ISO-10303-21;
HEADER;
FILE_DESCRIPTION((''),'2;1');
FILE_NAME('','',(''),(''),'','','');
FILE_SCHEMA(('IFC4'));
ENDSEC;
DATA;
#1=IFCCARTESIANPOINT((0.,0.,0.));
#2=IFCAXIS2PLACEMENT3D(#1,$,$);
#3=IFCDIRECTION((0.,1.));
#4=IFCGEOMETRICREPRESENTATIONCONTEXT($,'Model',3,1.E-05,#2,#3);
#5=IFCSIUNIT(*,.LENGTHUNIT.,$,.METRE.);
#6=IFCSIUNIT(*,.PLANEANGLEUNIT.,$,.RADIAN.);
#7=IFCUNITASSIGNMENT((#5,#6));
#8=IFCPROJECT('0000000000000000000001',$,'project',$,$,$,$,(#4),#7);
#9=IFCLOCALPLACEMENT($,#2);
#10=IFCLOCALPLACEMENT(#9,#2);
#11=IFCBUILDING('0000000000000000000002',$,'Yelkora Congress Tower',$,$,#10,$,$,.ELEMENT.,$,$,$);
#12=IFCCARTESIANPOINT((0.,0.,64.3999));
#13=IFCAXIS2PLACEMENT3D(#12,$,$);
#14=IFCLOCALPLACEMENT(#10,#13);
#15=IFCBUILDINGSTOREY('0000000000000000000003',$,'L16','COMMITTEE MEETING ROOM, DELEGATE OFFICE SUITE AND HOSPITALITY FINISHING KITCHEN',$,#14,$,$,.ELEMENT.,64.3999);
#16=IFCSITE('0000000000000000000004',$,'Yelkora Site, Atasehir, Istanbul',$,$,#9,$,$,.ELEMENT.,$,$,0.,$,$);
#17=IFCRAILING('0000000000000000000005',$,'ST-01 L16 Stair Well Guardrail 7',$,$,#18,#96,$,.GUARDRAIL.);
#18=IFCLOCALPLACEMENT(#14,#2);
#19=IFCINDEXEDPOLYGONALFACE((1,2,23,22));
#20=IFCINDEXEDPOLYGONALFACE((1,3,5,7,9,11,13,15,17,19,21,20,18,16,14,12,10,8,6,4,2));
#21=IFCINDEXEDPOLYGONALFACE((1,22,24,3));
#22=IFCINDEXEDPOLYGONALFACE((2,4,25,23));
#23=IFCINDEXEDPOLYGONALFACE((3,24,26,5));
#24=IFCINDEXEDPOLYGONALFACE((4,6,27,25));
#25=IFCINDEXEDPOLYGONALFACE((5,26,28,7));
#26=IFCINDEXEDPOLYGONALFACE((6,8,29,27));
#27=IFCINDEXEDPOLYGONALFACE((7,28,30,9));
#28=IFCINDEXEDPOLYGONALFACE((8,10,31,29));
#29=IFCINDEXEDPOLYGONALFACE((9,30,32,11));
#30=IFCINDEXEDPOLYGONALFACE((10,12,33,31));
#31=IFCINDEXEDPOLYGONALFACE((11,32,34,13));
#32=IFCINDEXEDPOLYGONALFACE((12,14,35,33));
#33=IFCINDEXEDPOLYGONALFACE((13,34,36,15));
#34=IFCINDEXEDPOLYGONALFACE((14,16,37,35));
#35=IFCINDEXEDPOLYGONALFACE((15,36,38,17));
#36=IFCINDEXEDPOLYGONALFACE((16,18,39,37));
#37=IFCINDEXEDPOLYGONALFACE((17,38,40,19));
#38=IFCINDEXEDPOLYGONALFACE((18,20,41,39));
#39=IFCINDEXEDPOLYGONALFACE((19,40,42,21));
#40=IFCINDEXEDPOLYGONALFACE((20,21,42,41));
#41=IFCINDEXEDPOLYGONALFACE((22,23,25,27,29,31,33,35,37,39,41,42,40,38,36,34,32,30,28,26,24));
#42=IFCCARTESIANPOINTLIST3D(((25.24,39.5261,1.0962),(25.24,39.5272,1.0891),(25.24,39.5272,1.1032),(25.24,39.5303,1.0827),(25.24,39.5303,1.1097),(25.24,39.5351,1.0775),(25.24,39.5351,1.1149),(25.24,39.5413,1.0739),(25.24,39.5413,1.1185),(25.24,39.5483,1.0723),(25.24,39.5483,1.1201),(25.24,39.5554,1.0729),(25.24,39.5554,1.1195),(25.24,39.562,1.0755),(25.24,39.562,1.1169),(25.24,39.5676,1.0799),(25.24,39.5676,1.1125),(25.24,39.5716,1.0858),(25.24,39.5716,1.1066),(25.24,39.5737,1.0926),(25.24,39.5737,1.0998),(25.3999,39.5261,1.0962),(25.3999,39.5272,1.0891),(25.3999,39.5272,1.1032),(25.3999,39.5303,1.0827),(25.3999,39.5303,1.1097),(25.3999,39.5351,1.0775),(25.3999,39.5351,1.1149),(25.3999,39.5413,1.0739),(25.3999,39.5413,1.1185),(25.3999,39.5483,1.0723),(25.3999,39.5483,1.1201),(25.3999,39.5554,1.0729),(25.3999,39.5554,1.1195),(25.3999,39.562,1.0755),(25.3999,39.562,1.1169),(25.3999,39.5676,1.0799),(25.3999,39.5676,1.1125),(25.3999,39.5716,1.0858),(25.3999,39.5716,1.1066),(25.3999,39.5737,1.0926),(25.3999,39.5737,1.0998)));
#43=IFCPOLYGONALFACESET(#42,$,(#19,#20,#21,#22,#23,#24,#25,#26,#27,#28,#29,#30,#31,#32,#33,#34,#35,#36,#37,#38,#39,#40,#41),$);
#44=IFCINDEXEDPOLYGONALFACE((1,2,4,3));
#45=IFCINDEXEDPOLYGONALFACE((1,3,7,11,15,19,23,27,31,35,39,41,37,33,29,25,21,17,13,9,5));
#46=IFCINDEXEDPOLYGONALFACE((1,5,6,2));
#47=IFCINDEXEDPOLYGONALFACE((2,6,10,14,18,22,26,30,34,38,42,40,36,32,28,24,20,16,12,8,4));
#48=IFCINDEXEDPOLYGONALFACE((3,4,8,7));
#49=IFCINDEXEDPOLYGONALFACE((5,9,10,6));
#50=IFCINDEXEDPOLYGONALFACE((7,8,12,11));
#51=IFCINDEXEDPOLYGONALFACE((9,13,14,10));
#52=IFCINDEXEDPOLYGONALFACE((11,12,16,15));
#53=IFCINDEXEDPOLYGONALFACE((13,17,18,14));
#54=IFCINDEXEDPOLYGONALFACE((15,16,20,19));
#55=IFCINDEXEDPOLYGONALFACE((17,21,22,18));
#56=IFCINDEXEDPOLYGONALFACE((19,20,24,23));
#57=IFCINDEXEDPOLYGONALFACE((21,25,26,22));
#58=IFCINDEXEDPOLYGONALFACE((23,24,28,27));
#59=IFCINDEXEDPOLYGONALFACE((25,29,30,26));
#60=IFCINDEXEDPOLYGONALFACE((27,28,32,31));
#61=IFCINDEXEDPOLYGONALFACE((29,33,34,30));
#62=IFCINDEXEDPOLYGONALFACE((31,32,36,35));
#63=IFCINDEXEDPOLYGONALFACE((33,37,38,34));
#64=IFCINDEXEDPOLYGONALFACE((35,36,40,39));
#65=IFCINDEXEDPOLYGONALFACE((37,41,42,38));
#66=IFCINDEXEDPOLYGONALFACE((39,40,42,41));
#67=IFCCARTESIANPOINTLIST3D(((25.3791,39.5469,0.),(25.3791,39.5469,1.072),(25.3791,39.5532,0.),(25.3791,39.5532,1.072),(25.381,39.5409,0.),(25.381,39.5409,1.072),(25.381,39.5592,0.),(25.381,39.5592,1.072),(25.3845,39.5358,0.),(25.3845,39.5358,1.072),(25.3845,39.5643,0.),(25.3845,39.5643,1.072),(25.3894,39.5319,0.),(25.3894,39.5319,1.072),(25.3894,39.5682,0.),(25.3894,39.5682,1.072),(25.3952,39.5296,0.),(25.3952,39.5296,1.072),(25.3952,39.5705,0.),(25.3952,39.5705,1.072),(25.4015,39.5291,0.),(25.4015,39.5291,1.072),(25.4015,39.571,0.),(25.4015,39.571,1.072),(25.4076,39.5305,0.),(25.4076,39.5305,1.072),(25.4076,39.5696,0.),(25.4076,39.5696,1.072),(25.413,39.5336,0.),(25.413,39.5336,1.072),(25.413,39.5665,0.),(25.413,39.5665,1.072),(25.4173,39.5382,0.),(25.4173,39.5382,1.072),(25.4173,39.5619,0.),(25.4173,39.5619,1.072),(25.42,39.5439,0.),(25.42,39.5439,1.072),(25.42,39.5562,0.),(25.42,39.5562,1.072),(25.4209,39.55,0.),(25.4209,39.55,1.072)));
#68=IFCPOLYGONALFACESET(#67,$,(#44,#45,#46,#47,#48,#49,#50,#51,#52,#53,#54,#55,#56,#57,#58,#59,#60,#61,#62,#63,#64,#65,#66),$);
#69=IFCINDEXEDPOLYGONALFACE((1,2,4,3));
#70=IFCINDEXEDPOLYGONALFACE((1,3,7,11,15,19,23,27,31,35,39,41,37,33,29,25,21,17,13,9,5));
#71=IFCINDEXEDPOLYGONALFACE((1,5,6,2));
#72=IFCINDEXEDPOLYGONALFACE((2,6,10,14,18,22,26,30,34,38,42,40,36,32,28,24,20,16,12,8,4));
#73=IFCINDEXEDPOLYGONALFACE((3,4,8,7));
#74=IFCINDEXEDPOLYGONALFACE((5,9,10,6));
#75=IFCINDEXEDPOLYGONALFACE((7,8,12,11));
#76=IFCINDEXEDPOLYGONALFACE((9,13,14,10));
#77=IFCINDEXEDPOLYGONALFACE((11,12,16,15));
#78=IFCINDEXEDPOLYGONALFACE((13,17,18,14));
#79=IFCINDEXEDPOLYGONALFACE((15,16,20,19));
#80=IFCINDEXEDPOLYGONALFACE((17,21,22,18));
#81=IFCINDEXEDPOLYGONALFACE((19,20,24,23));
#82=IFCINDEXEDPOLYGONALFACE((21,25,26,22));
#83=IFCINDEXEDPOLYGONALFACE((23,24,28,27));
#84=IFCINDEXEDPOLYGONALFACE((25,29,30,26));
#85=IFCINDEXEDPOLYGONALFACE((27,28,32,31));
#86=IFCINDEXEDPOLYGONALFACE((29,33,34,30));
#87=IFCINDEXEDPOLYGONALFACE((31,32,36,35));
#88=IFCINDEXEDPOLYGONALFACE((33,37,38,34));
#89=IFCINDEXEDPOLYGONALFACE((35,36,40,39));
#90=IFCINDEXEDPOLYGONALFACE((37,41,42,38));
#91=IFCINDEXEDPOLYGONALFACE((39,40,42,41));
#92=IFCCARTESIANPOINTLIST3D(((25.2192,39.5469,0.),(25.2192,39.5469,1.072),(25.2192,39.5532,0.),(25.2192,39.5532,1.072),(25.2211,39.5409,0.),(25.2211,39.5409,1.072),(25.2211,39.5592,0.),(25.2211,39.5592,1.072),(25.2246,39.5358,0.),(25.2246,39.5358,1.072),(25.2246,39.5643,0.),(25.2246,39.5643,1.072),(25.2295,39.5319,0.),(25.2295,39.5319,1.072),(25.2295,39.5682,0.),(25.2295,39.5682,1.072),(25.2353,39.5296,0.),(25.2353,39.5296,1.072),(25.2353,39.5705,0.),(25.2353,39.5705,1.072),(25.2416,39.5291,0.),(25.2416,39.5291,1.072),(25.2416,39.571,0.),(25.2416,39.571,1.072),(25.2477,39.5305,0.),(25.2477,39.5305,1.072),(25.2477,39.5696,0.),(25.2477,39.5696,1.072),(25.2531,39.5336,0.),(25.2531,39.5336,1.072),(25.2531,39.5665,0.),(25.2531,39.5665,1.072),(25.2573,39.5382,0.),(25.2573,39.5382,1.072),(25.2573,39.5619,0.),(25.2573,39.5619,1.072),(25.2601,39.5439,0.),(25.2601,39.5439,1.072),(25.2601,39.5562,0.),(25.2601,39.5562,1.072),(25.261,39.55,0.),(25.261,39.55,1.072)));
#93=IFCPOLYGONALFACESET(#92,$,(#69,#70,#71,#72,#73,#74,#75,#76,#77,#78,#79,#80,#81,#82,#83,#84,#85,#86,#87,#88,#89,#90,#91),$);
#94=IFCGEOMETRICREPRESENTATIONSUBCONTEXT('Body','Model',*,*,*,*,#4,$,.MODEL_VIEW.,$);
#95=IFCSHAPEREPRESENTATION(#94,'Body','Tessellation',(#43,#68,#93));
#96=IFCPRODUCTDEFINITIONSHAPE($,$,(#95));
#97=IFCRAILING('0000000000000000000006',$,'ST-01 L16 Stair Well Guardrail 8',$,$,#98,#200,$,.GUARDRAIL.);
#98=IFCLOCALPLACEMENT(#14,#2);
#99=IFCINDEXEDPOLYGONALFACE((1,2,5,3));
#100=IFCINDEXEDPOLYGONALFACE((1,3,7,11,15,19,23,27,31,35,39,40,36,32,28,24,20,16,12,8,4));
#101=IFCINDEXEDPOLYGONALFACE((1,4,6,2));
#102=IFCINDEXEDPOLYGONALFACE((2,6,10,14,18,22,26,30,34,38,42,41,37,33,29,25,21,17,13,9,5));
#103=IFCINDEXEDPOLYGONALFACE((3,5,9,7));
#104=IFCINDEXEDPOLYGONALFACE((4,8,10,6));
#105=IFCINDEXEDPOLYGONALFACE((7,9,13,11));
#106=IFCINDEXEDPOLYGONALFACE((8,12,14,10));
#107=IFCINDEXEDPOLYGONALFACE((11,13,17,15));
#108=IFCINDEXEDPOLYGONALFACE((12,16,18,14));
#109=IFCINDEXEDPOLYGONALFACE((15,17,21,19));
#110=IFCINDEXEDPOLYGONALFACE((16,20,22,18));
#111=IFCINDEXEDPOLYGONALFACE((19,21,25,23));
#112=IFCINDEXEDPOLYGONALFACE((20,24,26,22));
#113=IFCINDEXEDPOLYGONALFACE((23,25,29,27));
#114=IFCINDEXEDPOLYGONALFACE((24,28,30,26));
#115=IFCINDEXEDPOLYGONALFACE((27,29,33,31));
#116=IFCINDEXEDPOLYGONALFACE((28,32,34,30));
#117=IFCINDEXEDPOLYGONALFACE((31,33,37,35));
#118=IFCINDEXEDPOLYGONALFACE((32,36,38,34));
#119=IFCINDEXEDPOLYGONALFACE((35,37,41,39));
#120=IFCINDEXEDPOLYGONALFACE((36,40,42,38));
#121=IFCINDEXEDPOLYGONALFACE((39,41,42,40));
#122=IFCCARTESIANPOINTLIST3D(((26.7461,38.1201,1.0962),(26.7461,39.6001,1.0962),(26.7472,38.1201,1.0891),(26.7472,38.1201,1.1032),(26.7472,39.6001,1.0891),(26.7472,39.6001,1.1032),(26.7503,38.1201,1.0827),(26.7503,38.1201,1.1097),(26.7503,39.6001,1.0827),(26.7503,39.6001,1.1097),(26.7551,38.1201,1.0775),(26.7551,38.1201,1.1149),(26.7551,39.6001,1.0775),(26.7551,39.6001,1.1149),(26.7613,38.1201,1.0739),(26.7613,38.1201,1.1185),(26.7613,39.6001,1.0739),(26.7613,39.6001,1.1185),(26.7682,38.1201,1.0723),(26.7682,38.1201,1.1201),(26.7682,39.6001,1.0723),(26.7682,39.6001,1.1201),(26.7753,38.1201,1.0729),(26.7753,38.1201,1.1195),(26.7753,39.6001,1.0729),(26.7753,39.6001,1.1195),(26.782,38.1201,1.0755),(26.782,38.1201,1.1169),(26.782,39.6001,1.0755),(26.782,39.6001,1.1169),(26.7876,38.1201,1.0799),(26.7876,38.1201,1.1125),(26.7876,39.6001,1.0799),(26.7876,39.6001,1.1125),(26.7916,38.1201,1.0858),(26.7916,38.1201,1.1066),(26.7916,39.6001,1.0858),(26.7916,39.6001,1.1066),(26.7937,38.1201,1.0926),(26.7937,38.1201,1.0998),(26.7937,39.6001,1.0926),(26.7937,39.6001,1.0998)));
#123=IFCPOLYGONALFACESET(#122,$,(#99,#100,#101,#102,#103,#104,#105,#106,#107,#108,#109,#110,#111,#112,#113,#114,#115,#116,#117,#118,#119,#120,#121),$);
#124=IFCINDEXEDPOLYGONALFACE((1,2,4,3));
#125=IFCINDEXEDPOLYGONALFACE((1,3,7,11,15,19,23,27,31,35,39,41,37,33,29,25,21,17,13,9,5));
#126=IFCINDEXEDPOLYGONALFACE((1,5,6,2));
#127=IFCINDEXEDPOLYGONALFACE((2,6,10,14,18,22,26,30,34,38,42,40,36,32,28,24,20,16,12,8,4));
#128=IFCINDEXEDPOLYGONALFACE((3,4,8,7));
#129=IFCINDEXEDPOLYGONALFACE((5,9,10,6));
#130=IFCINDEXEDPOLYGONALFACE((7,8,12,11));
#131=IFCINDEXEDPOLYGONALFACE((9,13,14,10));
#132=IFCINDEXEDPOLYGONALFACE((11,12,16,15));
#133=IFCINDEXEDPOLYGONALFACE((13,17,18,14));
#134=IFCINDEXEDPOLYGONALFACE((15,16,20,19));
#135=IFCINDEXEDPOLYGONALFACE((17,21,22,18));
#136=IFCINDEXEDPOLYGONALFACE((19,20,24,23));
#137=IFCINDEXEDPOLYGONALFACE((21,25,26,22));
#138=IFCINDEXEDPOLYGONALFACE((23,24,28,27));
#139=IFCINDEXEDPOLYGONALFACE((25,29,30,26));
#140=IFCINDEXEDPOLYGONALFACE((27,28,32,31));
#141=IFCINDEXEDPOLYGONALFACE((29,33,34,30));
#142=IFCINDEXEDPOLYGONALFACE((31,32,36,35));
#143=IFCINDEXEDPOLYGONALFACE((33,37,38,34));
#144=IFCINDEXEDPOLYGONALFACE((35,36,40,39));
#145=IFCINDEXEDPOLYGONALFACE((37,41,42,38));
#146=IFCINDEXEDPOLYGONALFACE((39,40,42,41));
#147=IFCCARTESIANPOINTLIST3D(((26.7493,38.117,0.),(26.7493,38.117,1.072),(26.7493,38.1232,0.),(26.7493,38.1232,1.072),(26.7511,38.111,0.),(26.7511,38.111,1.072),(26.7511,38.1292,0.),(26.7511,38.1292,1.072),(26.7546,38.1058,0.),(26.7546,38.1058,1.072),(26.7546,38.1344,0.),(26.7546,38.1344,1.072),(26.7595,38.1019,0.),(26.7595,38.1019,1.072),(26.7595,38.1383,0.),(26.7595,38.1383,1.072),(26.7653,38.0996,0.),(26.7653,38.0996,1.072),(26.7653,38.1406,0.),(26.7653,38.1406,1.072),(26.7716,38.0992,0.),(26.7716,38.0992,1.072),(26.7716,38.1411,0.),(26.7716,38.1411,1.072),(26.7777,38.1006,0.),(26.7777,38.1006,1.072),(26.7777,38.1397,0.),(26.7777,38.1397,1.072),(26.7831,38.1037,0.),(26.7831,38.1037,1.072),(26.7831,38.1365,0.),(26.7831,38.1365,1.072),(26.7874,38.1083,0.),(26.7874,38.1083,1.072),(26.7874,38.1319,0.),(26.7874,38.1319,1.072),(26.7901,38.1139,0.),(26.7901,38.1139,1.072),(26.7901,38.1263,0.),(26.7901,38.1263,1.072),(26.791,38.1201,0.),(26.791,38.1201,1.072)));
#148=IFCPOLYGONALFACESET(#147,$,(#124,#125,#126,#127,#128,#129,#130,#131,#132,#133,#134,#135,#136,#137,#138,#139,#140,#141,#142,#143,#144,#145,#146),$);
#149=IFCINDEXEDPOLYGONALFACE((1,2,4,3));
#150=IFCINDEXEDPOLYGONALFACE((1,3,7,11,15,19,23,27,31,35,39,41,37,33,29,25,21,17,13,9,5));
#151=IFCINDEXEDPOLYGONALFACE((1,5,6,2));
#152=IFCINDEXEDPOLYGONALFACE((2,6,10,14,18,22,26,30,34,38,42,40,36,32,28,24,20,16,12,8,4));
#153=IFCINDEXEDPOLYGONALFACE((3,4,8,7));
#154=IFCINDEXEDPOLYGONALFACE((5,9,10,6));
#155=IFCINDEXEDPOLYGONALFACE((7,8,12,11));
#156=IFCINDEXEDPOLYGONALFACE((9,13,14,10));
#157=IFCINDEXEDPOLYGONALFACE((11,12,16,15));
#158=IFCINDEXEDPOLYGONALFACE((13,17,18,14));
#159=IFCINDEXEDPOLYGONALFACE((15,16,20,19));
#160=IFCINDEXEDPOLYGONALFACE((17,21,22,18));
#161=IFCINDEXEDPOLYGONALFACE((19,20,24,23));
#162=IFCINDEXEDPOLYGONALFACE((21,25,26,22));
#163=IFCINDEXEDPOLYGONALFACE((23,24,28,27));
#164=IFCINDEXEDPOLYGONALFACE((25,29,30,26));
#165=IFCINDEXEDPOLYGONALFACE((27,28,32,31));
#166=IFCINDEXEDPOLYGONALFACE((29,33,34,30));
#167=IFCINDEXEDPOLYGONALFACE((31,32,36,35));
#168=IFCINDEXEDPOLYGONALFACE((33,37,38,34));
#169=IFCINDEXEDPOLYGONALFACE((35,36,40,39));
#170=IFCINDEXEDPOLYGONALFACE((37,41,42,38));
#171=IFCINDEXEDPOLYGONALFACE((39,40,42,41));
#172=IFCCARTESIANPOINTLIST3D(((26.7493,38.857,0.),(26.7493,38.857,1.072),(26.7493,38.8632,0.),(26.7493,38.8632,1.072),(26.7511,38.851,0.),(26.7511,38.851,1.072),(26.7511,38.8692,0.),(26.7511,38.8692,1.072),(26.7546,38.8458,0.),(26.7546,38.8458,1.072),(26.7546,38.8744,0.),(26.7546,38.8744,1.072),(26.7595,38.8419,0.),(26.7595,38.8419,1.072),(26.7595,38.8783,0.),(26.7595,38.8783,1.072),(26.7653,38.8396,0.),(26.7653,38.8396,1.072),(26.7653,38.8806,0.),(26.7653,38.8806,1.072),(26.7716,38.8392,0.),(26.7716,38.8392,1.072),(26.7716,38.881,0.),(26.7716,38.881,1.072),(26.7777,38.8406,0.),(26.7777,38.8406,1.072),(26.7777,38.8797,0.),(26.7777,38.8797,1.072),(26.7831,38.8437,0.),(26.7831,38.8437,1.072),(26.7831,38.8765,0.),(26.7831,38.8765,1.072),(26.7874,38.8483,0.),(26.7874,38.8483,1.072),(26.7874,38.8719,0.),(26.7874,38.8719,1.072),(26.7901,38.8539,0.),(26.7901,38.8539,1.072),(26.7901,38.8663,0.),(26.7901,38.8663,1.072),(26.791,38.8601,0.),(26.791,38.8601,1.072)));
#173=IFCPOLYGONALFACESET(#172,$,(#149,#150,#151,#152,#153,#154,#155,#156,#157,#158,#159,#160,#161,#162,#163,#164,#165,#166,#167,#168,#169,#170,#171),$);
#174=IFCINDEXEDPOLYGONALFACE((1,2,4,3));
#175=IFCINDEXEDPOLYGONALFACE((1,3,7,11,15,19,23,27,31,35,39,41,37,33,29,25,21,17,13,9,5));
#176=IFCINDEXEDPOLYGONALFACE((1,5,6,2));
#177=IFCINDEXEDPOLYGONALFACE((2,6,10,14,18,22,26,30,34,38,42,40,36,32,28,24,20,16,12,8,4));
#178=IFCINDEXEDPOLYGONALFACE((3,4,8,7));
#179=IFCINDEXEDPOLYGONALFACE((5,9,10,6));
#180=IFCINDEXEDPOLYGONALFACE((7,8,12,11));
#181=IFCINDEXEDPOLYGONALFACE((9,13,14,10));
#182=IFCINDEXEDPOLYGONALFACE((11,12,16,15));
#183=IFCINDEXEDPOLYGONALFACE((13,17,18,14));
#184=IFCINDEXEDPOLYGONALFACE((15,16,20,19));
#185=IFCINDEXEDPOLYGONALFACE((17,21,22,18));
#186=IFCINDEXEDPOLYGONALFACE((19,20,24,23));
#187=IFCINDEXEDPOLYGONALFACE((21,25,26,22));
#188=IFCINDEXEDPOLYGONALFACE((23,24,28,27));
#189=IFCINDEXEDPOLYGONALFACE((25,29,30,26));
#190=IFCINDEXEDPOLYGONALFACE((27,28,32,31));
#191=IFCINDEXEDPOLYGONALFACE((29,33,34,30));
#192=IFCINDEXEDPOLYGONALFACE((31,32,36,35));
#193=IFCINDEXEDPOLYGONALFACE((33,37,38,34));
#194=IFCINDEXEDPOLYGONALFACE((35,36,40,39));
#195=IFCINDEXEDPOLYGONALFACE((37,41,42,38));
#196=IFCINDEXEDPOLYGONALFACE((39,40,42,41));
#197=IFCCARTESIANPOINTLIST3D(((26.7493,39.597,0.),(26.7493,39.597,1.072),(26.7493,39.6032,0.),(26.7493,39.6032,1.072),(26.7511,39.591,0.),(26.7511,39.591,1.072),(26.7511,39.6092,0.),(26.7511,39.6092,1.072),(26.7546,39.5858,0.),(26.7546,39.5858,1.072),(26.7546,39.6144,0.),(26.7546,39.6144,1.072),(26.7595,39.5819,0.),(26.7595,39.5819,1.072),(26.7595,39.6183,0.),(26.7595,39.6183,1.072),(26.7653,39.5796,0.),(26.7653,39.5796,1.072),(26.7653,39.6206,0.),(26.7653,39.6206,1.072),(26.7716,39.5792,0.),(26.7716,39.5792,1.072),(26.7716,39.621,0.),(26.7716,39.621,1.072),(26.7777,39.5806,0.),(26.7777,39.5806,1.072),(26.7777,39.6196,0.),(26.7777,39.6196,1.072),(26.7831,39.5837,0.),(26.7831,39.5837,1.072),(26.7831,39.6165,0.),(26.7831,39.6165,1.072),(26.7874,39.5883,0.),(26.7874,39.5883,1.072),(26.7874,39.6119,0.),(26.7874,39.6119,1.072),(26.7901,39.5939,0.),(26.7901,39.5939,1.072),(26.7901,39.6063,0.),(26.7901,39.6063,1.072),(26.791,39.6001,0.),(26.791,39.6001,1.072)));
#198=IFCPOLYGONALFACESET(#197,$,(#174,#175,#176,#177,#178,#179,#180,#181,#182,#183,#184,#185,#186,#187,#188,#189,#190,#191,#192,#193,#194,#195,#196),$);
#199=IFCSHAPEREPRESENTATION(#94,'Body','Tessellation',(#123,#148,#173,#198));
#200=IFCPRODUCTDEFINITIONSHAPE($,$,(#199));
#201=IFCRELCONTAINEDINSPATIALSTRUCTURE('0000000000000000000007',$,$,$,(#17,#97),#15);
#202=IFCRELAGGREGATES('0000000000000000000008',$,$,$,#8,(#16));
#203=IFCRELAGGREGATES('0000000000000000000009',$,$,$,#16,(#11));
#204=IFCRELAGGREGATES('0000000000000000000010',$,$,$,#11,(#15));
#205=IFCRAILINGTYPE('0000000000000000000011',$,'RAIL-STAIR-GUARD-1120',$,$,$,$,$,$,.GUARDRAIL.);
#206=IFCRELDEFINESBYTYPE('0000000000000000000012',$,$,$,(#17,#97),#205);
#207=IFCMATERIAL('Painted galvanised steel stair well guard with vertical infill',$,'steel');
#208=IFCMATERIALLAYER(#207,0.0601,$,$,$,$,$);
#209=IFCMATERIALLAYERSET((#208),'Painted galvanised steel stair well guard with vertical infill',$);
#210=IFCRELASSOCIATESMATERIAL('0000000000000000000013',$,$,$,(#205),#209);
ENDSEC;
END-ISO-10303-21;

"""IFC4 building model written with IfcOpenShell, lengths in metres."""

from ifc_helpers import new_model, si_unit, direction, frame, origin, origin_2d, place, context, subcontext, project, spatial, circle, extrude, material, layer, layer_set, type_object, element, save


model = new_model("IFC4")

# Units and contexts
model_context = context("Model", 3, precision=1e-05, world=origin(), true_north=direction((0.0, 1.0)))
body_context = subcontext(model_context, "Body", "Model", "MODEL_VIEW")
ifc_project = project(units=[si_unit("LENGTHUNIT", "METRE"), si_unit("PLANEANGLEUNIT", "RADIAN")], contexts=[model_context])

# Site, building, storey
site_placement = place(None, origin())
site = spatial("IfcSite", under=ifc_project, at=site_placement, Name="Yelkora Site, Atasehir, Istanbul", CompositionType="ELEMENT", RefElevation=0.0)
building_placement = place(site_placement, origin())
building = spatial("IfcBuilding", under=site, at=building_placement, Name="Yelkora Congress Tower", CompositionType="ELEMENT")
storey_placement = place(building_placement, frame((0.0, 0.0, 64.3999)))
storey = spatial("IfcBuildingStorey", under=building, at=storey_placement, Name="L16", Description="COMMITTEE MEETING ROOM, DELEGATE OFFICE SUITE AND HOSPITALITY FINISHING KITCHEN", CompositionType="ELEMENT", Elevation=64.3999)

# Railings
ifc_material_1 = material(Name="Painted galvanised steel stair well guard with vertical infill", Category="steel")
ifc_layer_1 = layer(ifc_material_1, 0.0601)
ifc_layer_set_1 = layer_set([ifc_layer_1], Name="Painted galvanised steel stair well guard with vertical infill")
railing_type_1 = type_object("IfcRailingType", Name="RAIL-STAIR-GUARD-1120", PredefinedType="GUARDRAIL", material=ifc_layer_set_1)
railing_1_placement = place(storey_placement, frame((25.3999, 39.55, 0.0)))
element("IfcRailing", 1, at=railing_1_placement, inside=storey, type_object=railing_type_1, Name="ST-01 L16 Stair Well Guardrail 7", PredefinedType="GUARDRAIL", context=body_context, shape_type="SweptSolid", body=[
    extrude(circle(Radius=0.0239, at=origin_2d()), frame((0.0, 0.0, 1.0962), z_axis=(-1.0, 0.0, 0.0), x_axis=(0.0, -1.0, 0.0)), (0.0, 0.0, 1.0), 0.1599),
    extrude(circle(Radius=0.021, at=origin_2d()), origin(), (0.0, 0.0, 1.0), 1.072),
    extrude(circle(Radius=0.021, at=origin_2d()), frame((-0.1599, 0.0, 0.0)), (0.0, 0.0, 1.0), 1.072),
])
for number, where, name in (
    (2, (26.77, 38.1201, 0.0), "ST-01 L16 Stair Well Guardrail 8"),
):
    element("IfcRailing", number, at=place(storey_placement, frame(where)), inside=storey, type_object=railing_type_1, Name=name, PredefinedType="GUARDRAIL", context=body_context, shape_type="SweptSolid", body=[
        extrude(circle(Radius=0.0239, at=origin_2d()), frame((0.0, 0.0, 1.0962), z_axis=(0.0, 1.0, 0.0), x_axis=(-1.0, 0.0, 0.0)), (0.0, 0.0, 1.0), 1.48),
        extrude(circle(Radius=0.021, at=origin_2d()), origin(), (0.0, 0.0, 1.0), 1.072),
        extrude(circle(Radius=0.021, at=origin_2d()), frame((0.0, 0.74, 0.0)), (0.0, 0.0, 1.0), 1.072),
        extrude(circle(Radius=0.021, at=origin_2d()), frame((0.0, 1.48, 0.0)), (0.0, 0.0, 1.0), 1.072),
    ])

save(model, "model.ifc")
